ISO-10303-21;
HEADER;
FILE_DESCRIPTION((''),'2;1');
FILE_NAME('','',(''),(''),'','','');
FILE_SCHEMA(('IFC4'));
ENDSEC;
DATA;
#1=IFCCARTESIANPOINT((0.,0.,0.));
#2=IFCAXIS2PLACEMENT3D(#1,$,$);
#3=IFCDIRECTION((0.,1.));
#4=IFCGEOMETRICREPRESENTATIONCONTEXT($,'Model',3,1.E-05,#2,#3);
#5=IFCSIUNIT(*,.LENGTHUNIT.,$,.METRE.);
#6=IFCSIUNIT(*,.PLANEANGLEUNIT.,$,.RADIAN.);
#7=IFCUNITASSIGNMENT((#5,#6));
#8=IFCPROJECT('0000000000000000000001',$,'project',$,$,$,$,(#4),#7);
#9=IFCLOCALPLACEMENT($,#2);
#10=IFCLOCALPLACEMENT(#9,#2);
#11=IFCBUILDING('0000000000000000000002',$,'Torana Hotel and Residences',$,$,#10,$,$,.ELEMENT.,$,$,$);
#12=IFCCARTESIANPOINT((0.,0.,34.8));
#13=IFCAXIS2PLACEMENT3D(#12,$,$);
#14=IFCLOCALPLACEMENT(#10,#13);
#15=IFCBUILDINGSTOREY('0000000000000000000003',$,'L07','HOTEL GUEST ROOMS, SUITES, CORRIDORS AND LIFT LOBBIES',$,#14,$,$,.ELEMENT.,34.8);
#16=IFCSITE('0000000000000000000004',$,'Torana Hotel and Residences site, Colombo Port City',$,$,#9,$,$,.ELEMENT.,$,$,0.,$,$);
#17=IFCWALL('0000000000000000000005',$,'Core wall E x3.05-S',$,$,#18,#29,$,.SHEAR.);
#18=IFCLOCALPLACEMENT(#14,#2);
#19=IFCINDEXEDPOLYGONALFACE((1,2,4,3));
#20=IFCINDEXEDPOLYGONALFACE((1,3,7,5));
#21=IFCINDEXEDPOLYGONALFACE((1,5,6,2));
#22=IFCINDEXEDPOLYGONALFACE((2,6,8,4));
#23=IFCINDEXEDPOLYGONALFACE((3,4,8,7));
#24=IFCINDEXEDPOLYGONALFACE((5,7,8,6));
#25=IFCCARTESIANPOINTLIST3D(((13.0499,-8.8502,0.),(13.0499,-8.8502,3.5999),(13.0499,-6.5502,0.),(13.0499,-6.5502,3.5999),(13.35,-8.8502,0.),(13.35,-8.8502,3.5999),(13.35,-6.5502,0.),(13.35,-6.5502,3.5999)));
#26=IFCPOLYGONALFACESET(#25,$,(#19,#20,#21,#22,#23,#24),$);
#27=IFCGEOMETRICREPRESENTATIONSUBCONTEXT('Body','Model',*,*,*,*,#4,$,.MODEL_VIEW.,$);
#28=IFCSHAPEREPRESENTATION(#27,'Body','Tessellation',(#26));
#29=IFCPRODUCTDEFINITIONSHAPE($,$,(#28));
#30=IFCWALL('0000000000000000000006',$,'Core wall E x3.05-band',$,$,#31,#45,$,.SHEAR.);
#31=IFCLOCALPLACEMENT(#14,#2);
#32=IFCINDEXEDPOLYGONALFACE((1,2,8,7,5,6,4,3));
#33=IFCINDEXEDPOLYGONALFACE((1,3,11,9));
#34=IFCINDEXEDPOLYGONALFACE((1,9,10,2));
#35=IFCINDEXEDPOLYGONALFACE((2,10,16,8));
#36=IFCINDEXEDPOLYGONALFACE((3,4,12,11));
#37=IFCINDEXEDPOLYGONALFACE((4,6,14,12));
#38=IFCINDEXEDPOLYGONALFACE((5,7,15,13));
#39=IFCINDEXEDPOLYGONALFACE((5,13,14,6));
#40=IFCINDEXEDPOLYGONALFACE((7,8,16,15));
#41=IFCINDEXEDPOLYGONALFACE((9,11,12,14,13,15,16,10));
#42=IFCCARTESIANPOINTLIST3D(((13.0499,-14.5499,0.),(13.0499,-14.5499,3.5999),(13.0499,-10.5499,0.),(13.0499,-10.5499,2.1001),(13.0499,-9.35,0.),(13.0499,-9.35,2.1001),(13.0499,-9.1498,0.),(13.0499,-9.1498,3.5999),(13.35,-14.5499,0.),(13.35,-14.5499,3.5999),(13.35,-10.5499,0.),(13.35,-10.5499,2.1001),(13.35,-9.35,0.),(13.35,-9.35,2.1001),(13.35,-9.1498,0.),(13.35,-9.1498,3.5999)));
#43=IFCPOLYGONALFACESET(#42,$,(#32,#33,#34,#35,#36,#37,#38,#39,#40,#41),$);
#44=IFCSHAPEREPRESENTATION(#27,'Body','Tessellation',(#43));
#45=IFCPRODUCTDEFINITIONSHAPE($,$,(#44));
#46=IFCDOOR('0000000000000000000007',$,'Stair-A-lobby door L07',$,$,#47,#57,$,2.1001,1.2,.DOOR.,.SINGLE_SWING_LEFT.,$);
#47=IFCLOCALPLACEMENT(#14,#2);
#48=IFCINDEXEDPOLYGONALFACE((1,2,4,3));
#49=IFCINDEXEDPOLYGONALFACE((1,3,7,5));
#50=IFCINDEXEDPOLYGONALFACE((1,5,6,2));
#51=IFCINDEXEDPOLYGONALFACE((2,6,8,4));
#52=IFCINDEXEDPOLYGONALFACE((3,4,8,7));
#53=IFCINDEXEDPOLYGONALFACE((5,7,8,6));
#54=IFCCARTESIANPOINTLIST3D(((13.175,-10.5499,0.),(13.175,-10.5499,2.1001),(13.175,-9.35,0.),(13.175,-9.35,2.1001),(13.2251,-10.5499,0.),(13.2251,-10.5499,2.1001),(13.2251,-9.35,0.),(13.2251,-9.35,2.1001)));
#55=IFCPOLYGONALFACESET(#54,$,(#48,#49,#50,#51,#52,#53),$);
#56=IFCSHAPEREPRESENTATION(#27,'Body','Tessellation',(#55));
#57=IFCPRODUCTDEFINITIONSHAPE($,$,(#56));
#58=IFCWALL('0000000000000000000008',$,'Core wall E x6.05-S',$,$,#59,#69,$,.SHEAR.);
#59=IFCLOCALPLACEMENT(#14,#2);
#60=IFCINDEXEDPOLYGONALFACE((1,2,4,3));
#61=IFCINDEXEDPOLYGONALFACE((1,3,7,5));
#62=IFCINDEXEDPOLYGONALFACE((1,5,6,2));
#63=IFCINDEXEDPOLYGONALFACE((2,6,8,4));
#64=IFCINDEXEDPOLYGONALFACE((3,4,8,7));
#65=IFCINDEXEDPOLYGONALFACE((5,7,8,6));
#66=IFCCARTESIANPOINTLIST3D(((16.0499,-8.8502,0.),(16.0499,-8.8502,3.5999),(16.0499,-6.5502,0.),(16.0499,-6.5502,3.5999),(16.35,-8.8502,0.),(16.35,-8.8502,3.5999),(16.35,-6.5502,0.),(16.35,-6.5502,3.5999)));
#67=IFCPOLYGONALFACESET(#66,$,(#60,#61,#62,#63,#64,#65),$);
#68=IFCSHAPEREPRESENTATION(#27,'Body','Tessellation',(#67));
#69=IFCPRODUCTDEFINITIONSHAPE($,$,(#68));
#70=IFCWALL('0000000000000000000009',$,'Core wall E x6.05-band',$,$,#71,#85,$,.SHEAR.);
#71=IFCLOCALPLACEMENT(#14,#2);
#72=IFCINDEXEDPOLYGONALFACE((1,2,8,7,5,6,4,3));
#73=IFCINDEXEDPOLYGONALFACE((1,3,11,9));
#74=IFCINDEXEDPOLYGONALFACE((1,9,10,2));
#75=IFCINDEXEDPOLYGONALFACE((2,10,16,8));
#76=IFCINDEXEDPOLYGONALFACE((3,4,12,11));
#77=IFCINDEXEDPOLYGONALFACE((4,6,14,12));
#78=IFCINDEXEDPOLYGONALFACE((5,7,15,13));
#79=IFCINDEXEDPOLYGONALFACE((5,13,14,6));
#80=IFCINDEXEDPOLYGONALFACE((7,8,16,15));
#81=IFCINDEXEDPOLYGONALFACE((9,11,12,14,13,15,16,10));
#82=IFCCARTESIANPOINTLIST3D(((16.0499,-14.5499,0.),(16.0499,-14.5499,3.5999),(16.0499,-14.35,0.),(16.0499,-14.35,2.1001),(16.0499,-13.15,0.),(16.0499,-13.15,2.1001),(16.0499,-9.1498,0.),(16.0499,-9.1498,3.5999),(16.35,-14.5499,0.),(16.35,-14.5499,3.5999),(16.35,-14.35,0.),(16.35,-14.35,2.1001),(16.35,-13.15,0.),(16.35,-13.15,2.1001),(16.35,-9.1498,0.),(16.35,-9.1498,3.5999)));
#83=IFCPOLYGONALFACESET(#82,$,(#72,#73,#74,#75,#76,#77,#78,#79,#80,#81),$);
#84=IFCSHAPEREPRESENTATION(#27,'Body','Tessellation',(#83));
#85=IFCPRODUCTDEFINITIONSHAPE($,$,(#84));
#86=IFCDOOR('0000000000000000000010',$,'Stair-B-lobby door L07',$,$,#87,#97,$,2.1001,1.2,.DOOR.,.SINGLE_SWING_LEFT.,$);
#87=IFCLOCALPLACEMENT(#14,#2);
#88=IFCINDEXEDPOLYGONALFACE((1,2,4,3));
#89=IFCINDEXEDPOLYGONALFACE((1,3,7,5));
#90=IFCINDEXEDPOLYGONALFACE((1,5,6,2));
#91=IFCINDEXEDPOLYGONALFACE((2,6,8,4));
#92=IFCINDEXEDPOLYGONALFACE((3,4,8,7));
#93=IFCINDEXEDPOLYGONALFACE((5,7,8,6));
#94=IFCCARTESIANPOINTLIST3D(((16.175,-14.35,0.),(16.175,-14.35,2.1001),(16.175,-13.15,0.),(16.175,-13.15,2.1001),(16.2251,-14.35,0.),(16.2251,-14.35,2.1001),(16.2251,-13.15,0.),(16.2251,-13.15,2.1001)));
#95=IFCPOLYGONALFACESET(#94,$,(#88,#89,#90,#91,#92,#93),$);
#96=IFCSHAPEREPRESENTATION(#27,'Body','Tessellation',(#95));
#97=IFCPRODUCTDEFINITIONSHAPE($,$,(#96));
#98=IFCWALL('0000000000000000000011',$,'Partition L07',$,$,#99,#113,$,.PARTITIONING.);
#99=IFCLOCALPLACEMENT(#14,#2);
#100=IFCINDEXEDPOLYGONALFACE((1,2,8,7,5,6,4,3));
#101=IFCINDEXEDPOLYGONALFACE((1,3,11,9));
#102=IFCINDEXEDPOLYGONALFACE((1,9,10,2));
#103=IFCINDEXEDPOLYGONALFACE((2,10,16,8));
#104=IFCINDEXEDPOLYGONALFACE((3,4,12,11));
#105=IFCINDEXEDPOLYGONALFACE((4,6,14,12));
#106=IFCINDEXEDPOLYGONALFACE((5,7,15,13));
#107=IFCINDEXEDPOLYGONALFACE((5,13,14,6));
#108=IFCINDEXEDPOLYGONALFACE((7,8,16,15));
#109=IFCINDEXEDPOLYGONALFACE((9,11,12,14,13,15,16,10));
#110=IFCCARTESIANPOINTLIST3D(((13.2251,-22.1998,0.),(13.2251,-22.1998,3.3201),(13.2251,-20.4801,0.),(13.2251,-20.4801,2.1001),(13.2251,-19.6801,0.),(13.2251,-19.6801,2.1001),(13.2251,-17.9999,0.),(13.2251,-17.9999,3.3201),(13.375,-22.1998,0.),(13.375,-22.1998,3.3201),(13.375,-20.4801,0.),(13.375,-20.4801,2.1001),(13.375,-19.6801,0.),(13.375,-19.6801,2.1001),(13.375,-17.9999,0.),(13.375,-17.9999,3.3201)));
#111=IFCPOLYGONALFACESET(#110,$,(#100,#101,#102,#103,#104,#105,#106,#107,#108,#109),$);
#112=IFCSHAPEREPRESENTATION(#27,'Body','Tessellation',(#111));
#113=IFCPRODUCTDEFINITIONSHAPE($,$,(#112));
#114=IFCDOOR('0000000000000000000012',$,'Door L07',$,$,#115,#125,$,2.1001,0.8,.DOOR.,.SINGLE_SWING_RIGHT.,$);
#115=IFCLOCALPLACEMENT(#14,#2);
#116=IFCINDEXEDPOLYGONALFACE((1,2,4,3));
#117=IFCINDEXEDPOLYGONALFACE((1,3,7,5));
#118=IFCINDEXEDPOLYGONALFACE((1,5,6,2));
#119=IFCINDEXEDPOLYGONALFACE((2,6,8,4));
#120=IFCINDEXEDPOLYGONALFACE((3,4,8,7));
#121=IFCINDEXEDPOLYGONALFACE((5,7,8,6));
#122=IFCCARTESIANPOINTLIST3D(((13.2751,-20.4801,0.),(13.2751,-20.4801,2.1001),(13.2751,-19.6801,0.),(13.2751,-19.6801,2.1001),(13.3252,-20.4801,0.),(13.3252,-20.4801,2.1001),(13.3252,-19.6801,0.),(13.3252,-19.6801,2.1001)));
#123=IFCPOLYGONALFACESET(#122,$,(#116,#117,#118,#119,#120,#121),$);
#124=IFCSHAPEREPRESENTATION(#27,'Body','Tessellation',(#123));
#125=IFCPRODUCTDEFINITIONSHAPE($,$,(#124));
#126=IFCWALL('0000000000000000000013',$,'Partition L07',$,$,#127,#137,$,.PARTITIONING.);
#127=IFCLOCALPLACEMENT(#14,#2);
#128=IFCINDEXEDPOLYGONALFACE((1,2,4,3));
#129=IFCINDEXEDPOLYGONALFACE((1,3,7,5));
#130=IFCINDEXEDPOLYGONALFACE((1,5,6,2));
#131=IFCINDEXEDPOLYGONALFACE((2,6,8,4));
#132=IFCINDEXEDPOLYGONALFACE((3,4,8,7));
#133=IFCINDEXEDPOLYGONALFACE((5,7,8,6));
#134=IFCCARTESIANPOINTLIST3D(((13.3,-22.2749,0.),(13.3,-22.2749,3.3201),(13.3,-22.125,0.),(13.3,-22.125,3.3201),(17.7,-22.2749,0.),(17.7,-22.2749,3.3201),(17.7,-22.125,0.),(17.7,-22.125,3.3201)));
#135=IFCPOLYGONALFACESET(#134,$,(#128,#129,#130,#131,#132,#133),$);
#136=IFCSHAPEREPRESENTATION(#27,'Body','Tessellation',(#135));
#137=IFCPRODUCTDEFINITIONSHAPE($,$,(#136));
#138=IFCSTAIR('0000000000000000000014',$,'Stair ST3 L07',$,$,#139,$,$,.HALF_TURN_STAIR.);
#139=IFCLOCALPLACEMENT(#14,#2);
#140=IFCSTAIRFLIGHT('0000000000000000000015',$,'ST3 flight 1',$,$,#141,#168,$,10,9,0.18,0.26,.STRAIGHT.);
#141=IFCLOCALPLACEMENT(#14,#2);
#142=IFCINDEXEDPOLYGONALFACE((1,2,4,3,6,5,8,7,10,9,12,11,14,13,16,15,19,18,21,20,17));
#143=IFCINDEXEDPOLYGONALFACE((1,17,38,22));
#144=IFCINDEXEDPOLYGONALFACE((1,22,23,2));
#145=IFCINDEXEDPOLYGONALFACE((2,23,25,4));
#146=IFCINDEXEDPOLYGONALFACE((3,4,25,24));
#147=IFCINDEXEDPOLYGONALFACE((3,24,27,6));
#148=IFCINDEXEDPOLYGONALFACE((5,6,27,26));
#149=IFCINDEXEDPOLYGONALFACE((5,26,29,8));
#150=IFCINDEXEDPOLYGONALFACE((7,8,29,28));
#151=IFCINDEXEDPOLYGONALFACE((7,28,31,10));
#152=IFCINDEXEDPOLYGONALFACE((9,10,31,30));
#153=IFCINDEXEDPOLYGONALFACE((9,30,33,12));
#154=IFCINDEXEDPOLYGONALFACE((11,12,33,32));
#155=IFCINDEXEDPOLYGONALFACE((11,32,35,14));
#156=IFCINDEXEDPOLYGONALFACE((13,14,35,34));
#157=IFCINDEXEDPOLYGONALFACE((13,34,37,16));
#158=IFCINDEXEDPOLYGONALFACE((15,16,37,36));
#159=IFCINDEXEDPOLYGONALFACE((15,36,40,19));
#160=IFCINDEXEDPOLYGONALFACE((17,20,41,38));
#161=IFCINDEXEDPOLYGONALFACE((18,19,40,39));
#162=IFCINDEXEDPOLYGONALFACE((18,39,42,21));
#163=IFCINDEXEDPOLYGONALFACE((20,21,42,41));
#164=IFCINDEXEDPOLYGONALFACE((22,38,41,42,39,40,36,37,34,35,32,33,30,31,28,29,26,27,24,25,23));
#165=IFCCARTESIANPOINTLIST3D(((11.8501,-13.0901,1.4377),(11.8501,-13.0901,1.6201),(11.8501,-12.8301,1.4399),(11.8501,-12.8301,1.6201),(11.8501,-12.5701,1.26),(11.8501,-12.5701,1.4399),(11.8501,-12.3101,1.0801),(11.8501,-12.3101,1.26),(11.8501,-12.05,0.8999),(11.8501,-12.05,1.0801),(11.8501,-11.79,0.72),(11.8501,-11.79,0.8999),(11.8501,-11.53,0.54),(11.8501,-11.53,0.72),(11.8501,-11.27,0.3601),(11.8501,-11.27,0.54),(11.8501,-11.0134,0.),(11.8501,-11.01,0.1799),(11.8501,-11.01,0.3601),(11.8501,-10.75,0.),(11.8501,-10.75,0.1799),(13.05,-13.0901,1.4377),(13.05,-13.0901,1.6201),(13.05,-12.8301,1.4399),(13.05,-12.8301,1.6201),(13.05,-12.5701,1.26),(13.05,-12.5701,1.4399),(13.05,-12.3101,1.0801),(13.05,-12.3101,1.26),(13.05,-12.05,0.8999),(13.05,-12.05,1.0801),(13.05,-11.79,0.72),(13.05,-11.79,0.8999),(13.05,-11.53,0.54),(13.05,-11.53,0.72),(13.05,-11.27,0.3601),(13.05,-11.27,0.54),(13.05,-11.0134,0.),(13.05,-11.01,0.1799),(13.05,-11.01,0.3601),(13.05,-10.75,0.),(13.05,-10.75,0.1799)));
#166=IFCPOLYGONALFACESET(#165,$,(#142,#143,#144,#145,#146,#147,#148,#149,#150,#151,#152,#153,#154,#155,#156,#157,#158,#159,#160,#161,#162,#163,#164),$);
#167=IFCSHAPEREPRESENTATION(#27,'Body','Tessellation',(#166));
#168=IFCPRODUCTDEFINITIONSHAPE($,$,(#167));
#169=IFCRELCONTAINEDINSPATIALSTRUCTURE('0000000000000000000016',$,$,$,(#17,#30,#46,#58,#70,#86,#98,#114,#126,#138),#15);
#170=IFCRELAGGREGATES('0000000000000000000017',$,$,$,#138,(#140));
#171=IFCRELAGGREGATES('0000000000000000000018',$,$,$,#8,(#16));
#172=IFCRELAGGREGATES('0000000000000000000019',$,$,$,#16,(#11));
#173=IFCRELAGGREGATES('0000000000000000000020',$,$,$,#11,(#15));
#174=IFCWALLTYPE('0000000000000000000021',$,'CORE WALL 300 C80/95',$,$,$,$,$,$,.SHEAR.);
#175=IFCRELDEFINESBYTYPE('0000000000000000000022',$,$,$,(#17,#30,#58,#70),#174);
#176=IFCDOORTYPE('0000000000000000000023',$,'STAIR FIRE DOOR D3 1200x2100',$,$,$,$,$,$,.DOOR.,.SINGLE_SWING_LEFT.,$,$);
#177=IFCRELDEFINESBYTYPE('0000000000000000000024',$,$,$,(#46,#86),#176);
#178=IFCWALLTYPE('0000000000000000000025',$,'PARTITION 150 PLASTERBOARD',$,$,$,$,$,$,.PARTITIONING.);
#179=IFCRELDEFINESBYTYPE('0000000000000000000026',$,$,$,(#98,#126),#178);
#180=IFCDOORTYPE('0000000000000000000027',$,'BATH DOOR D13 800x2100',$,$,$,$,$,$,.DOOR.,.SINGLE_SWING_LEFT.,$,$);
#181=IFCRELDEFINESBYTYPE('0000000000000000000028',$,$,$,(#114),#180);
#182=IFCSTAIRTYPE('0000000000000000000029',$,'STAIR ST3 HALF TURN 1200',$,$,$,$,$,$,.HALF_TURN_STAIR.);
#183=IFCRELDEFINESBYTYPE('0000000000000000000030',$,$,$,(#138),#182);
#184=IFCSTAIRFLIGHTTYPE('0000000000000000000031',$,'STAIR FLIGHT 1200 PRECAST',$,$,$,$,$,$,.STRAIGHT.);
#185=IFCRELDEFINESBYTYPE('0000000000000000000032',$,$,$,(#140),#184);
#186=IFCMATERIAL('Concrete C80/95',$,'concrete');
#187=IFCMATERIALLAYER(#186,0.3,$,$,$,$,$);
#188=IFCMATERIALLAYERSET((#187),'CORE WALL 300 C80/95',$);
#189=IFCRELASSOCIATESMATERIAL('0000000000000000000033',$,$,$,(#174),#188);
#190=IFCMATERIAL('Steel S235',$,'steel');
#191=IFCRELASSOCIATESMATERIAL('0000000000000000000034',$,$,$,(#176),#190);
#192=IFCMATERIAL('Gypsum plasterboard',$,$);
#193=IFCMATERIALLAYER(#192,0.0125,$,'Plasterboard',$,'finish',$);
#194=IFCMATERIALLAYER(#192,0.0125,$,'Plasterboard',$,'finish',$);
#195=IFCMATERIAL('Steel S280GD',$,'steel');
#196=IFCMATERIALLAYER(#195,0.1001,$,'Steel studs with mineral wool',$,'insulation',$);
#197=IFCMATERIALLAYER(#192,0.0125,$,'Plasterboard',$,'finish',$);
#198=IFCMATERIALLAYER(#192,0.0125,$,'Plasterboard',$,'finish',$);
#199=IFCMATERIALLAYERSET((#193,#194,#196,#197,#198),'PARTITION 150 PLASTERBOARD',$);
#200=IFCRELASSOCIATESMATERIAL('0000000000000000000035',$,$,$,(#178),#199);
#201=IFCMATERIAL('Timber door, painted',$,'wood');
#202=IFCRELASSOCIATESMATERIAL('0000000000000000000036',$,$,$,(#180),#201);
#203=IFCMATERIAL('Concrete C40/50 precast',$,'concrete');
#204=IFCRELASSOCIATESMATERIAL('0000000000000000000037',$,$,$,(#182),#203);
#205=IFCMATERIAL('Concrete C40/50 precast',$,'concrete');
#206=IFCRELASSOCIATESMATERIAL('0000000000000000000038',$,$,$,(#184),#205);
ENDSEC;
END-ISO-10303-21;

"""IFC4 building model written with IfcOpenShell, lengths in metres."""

from ifc_helpers import new_model, si_unit, direction, frame, frame_2d, origin, place, context, subcontext, project, spatial, polyline, rectangle, outline, extrude, material, layer, layer_set, type_object, element, fill, aggregate, save


model = new_model("IFC4")

# Units and contexts
model_context = context("Model", 3, precision=1e-05, world=origin(), true_north=direction((0.0, 1.0)))
body_context = subcontext(model_context, "Body", "Model", "MODEL_VIEW")
ifc_project = project(units=[si_unit("LENGTHUNIT", "METRE"), si_unit("PLANEANGLEUNIT", "RADIAN")], contexts=[model_context])

# Site, building, storey
site_placement = place(None, origin())
site = spatial("IfcSite", under=ifc_project, at=site_placement, Name="Torana Hotel and Residences site, Colombo Port City", CompositionType="ELEMENT", RefElevation=0.0)
building_placement = place(site_placement, origin())
building = spatial("IfcBuilding", under=site, at=building_placement, Name="Torana Hotel and Residences", CompositionType="ELEMENT")
storey_placement = place(building_placement, frame((0.0, 0.0, 34.8)))
storey = spatial("IfcBuildingStorey", under=building, at=storey_placement, Name="L07", Description="HOTEL GUEST ROOMS, SUITES, CORRIDORS AND LIFT LOBBIES", CompositionType="ELEMENT", Elevation=34.8)

# Wall
ifc_material_1 = material(Name="Concrete C80/95", Category="concrete")
ifc_layer_1 = layer(ifc_material_1, 0.3)
ifc_layer_set_1 = layer_set([ifc_layer_1], Name="CORE WALL 300 C80/95")
wall_type_1 = type_object("IfcWallType", Name="CORE WALL 300 C80/95", PredefinedType="SHEAR", material=ifc_layer_set_1)
wall_1_placement = place(storey_placement, frame((13.2, -8.8501, 0.0), z_axis=(0.0, 0.0, 1.0), x_axis=(0.0, 1.0, 0.0)))
element("IfcWall", 1, at=wall_1_placement, inside=storey, type_object=wall_type_1, Name="Core wall E x3.05-S", PredefinedType="SHEAR", context=body_context, shape_type="SweptSolid", body=[
    extrude(rectangle(XDim=2.3, YDim=0.3, at=frame_2d((1.1499, 0.0))), origin(), (0.0, 0.0, 1.0), 3.5999),
])

# Wall, opening, door
wall_2_placement = place(storey_placement, frame((13.2, -14.55, 0.0), z_axis=(0.0, 0.0, 1.0), x_axis=(0.0, 1.0, 0.0)))
wall_2 = element("IfcWall", 2, at=wall_2_placement, inside=storey, type_object=wall_type_1, Name="Core wall E x3.05-band", PredefinedType="SHEAR", context=body_context, shape_type="SweptSolid", body=[
    extrude(rectangle(XDim=5.4001, YDim=0.3, at=frame_2d((2.7002, 0.0))), origin(), (0.0, 0.0, 1.0), 3.5999),
])
opening_1_placement = place(wall_2_placement, frame((4.0, 0.0, 0.0)))
opening_1 = element("IfcOpeningElement", 3, at=opening_1_placement, cuts=wall_2, PredefinedType="OPENING", context=body_context, shape_type="SweptSolid", body=[
    extrude(rectangle(XDim=1.2, YDim=2.1001, at=frame_2d((0.6001, 1.05))), frame((0.0, 0.1599, 0.0), z_axis=(0.0, -1.0, 0.0), x_axis=(1.0, 0.0, 0.0)), (0.0, 0.0, 1.0), 0.3201),
])
ifc_material_2 = material(Name="Steel S235", Category="steel")
door_type_1 = type_object("IfcDoorType", Name="STAIR FIRE DOOR D3 1200x2100", OperationType="SINGLE_SWING_LEFT", PredefinedType="DOOR", material=ifc_material_2)
door_1_placement = place(opening_1_placement, origin())
door_1 = element("IfcDoor", 4, at=door_1_placement, inside=storey, type_object=door_type_1, Name="Stair-A-lobby door L07", OperationType="SINGLE_SWING_LEFT", OverallHeight=2.1001, OverallWidth=1.2, PredefinedType="DOOR", context=body_context, shape_type="SweptSolid", body=[
    extrude(rectangle(XDim=1.2, YDim=2.1001, at=frame_2d((0.6001, 1.05))), frame((0.0, 0.0249, 0.0), z_axis=(0.0, -1.0, 0.0), x_axis=(1.0, 0.0, 0.0)), (0.0, 0.0, 1.0), 0.05),
])
fill(opening_1, door_1)

# Wall
wall_3_placement = place(storey_placement, frame((16.2, -8.8501, 0.0), z_axis=(0.0, 0.0, 1.0), x_axis=(0.0, 1.0, 0.0)))
element("IfcWall", 5, at=wall_3_placement, inside=storey, type_object=wall_type_1, Name="Core wall E x6.05-S", PredefinedType="SHEAR", context=body_context, shape_type="SweptSolid", body=[
    extrude(rectangle(XDim=2.3, YDim=0.3, at=frame_2d((1.1499, 0.0))), origin(), (0.0, 0.0, 1.0), 3.5999),
])

# Walls, openings, doors
wall_4_placement = place(storey_placement, frame((16.2, -14.55, 0.0), z_axis=(0.0, 0.0, 1.0), x_axis=(0.0, 1.0, 0.0)))
wall_4 = element("IfcWall", 6, at=wall_4_placement, inside=storey, type_object=wall_type_1, Name="Core wall E x6.05-band", PredefinedType="SHEAR", context=body_context, shape_type="SweptSolid", body=[
    extrude(rectangle(XDim=5.4001, YDim=0.3, at=frame_2d((2.7002, 0.0))), origin(), (0.0, 0.0, 1.0), 3.5999),
])
opening_2_placement = place(wall_4_placement, frame((0.2, 0.0, 0.0)))
opening_2 = element("IfcOpeningElement", 7, at=opening_2_placement, cuts=wall_4, PredefinedType="OPENING", context=body_context, shape_type="SweptSolid", body=[
    extrude(rectangle(XDim=1.2, YDim=2.1001, at=frame_2d((0.6001, 1.05))), frame((0.0, 0.1599, 0.0), z_axis=(0.0, -1.0, 0.0), x_axis=(1.0, 0.0, 0.0)), (0.0, 0.0, 1.0), 0.3201),
])
door_2_placement = place(opening_2_placement, frame((0.6001, 0.0, 0.0), z_axis=(0.0, 0.0, 1.0), x_axis=(-1.0, 0.0, 0.0)))
door_2 = element("IfcDoor", 8, at=door_2_placement, inside=storey, type_object=door_type_1, Name="Stair-B-lobby door L07", OperationType="SINGLE_SWING_LEFT", OverallHeight=2.1001, OverallWidth=1.2, PredefinedType="DOOR", context=body_context, shape_type="SweptSolid", body=[
    extrude(rectangle(XDim=1.2, YDim=2.1001, at=frame_2d((0.0, 1.05))), frame((0.0, -0.0249, 0.0), z_axis=(0.0, 1.0, 0.0), x_axis=(-1.0, 0.0, 0.0)), (0.0, 0.0, 1.0), 0.05),
])
fill(opening_2, door_2)
ifc_material_3 = material(Name="Gypsum plasterboard")
ifc_layer_2 = layer(ifc_material_3, 0.0125, Name="Plasterboard", Category="finish")
ifc_layer_3 = layer(ifc_material_3, 0.0125, Name="Plasterboard", Category="finish")
ifc_material_4 = material(Name="Steel S280GD", Category="steel")
ifc_layer_4 = layer(ifc_material_4, 0.1001, Name="Steel studs with mineral wool", Category="insulation")
ifc_layer_5 = layer(ifc_material_3, 0.0125, Name="Plasterboard", Category="finish")
ifc_layer_6 = layer(ifc_material_3, 0.0125, Name="Plasterboard", Category="finish")
ifc_layer_set_2 = layer_set([ifc_layer_2, ifc_layer_3, ifc_layer_4, ifc_layer_5, ifc_layer_6], Name="PARTITION 150 PLASTERBOARD")
wall_type_2 = type_object("IfcWallType", Name="PARTITION 150 PLASTERBOARD", PredefinedType="PARTITIONING", material=ifc_layer_set_2)
wall_5_placement = place(storey_placement, frame((13.3, -22.2, 0.0), z_axis=(0.0, 0.0, 1.0), x_axis=(0.0, 1.0, 0.0)))
wall_5 = element("IfcWall", 9, at=wall_5_placement, inside=storey, type_object=wall_type_2, Name="Partition L07", PredefinedType="PARTITIONING", context=body_context, shape_type="SweptSolid", body=[
    extrude(rectangle(XDim=4.2, YDim=0.1499, at=frame_2d((2.1001, 0.0))), origin(), (0.0, 0.0, 1.0), 3.3201),
])
opening_3_placement = place(wall_5_placement, frame((1.72, 0.0, 0.0)))
opening_3 = element("IfcOpeningElement", 10, at=opening_3_placement, cuts=wall_5, PredefinedType="OPENING", context=body_context, shape_type="SweptSolid", body=[
    extrude(rectangle(XDim=0.8, YDim=2.1001, at=frame_2d((0.3999, 1.05))), frame((0.0, 0.085, 0.0), z_axis=(0.0, -1.0, 0.0), x_axis=(1.0, 0.0, 0.0)), (0.0, 0.0, 1.0), 0.1699),
])
ifc_material_5 = material(Name="Timber door, painted", Category="wood")
door_type_2 = type_object("IfcDoorType", Name="BATH DOOR D13 800x2100", OperationType="SINGLE_SWING_LEFT", PredefinedType="DOOR", material=ifc_material_5)
door_3_placement = place(opening_3_placement, origin())
door_3 = element("IfcDoor", 11, at=door_3_placement, inside=storey, type_object=door_type_2, Name="Door L07", OperationType="SINGLE_SWING_RIGHT", OverallHeight=2.1001, OverallWidth=0.8, PredefinedType="DOOR", context=body_context, shape_type="SweptSolid", body=[
    extrude(rectangle(XDim=0.8, YDim=2.1001, at=frame_2d((0.3999, 1.05))), frame((0.0, 0.0249, 0.0), z_axis=(0.0, -1.0, 0.0), x_axis=(1.0, 0.0, 0.0)), (0.0, 0.0, 1.0), 0.05),
])
fill(opening_3, door_3)

# Wall
wall_6_placement = place(storey_placement, frame((13.3, -22.2, 0.0), z_axis=(0.0, 0.0, 1.0), x_axis=(1.0, 0.0, 0.0)))
element("IfcWall", 12, at=wall_6_placement, inside=storey, type_object=wall_type_2, Name="Partition L07", PredefinedType="PARTITIONING", context=body_context, shape_type="SweptSolid", body=[
    extrude(rectangle(XDim=4.3999, YDim=0.1499, at=frame_2d((2.2, 0.0))), origin(), (0.0, 0.0, 1.0), 3.3201),
])

# Stair, stair flight
ifc_material_6 = material(Name="Concrete C40/50 precast", Category="concrete")
stair_type = type_object("IfcStairType", Name="STAIR ST3 HALF TURN 1200", PredefinedType="HALF_TURN_STAIR", material=ifc_material_6)
stair_placement = place(storey_placement, origin())
stair = element("IfcStair", 13, at=stair_placement, inside=storey, type_object=stair_type, Name="Stair ST3 L07", PredefinedType="HALF_TURN_STAIR")
ifc_material_7 = material(Name="Concrete C40/50 precast", Category="concrete")
stair_flight_type = type_object("IfcStairFlightType", Name="STAIR FLIGHT 1200 PRECAST", PredefinedType="STRAIGHT", material=ifc_material_7)
stair_flight_placement = place(storey_placement, frame((12.45, -10.75, 0.0), z_axis=(0.0, 0.0, 1.0), x_axis=(0.0, -1.0, 0.0)))
stair_flight = element("IfcStairFlight", 14, at=stair_flight_placement, type_object=stair_flight_type, Name="ST3 flight 1", NumberOfRisers=10, NumberOfTreads=9, PredefinedType="STRAIGHT", RiserHeight=0.18, TreadLength=0.26, context=body_context, shape_type="SweptSolid", body=[
    extrude(outline(polyline([(0.0, 0.0), (0.0, 0.1799), (0.26, 0.1799), (0.26, 0.3601), (0.52, 0.3601), (0.52, 0.54), (0.78, 0.54), (0.78, 0.72), (1.04, 0.72), (1.04, 0.8999), (1.3, 0.8999), (1.3, 1.0801), (1.5601, 1.0801), (1.5601, 1.26), (1.8201, 1.26), (1.8201, 1.4399), (2.0801, 1.4399), (2.0801, 1.6201), (2.3401, 1.6201), (2.3401, 1.8), (2.3401, 1.4377), (0.2634, 0.0), (0.0, 0.0)])), frame((0.0, 0.6001, 0.0), z_axis=(0.0, -1.0, 0.0), x_axis=(1.0, 0.0, 0.0)), (0.0, 0.0, 1.0), 1.2),
])
aggregate(stair, [stair_flight])

save(model, "model.ifc")
